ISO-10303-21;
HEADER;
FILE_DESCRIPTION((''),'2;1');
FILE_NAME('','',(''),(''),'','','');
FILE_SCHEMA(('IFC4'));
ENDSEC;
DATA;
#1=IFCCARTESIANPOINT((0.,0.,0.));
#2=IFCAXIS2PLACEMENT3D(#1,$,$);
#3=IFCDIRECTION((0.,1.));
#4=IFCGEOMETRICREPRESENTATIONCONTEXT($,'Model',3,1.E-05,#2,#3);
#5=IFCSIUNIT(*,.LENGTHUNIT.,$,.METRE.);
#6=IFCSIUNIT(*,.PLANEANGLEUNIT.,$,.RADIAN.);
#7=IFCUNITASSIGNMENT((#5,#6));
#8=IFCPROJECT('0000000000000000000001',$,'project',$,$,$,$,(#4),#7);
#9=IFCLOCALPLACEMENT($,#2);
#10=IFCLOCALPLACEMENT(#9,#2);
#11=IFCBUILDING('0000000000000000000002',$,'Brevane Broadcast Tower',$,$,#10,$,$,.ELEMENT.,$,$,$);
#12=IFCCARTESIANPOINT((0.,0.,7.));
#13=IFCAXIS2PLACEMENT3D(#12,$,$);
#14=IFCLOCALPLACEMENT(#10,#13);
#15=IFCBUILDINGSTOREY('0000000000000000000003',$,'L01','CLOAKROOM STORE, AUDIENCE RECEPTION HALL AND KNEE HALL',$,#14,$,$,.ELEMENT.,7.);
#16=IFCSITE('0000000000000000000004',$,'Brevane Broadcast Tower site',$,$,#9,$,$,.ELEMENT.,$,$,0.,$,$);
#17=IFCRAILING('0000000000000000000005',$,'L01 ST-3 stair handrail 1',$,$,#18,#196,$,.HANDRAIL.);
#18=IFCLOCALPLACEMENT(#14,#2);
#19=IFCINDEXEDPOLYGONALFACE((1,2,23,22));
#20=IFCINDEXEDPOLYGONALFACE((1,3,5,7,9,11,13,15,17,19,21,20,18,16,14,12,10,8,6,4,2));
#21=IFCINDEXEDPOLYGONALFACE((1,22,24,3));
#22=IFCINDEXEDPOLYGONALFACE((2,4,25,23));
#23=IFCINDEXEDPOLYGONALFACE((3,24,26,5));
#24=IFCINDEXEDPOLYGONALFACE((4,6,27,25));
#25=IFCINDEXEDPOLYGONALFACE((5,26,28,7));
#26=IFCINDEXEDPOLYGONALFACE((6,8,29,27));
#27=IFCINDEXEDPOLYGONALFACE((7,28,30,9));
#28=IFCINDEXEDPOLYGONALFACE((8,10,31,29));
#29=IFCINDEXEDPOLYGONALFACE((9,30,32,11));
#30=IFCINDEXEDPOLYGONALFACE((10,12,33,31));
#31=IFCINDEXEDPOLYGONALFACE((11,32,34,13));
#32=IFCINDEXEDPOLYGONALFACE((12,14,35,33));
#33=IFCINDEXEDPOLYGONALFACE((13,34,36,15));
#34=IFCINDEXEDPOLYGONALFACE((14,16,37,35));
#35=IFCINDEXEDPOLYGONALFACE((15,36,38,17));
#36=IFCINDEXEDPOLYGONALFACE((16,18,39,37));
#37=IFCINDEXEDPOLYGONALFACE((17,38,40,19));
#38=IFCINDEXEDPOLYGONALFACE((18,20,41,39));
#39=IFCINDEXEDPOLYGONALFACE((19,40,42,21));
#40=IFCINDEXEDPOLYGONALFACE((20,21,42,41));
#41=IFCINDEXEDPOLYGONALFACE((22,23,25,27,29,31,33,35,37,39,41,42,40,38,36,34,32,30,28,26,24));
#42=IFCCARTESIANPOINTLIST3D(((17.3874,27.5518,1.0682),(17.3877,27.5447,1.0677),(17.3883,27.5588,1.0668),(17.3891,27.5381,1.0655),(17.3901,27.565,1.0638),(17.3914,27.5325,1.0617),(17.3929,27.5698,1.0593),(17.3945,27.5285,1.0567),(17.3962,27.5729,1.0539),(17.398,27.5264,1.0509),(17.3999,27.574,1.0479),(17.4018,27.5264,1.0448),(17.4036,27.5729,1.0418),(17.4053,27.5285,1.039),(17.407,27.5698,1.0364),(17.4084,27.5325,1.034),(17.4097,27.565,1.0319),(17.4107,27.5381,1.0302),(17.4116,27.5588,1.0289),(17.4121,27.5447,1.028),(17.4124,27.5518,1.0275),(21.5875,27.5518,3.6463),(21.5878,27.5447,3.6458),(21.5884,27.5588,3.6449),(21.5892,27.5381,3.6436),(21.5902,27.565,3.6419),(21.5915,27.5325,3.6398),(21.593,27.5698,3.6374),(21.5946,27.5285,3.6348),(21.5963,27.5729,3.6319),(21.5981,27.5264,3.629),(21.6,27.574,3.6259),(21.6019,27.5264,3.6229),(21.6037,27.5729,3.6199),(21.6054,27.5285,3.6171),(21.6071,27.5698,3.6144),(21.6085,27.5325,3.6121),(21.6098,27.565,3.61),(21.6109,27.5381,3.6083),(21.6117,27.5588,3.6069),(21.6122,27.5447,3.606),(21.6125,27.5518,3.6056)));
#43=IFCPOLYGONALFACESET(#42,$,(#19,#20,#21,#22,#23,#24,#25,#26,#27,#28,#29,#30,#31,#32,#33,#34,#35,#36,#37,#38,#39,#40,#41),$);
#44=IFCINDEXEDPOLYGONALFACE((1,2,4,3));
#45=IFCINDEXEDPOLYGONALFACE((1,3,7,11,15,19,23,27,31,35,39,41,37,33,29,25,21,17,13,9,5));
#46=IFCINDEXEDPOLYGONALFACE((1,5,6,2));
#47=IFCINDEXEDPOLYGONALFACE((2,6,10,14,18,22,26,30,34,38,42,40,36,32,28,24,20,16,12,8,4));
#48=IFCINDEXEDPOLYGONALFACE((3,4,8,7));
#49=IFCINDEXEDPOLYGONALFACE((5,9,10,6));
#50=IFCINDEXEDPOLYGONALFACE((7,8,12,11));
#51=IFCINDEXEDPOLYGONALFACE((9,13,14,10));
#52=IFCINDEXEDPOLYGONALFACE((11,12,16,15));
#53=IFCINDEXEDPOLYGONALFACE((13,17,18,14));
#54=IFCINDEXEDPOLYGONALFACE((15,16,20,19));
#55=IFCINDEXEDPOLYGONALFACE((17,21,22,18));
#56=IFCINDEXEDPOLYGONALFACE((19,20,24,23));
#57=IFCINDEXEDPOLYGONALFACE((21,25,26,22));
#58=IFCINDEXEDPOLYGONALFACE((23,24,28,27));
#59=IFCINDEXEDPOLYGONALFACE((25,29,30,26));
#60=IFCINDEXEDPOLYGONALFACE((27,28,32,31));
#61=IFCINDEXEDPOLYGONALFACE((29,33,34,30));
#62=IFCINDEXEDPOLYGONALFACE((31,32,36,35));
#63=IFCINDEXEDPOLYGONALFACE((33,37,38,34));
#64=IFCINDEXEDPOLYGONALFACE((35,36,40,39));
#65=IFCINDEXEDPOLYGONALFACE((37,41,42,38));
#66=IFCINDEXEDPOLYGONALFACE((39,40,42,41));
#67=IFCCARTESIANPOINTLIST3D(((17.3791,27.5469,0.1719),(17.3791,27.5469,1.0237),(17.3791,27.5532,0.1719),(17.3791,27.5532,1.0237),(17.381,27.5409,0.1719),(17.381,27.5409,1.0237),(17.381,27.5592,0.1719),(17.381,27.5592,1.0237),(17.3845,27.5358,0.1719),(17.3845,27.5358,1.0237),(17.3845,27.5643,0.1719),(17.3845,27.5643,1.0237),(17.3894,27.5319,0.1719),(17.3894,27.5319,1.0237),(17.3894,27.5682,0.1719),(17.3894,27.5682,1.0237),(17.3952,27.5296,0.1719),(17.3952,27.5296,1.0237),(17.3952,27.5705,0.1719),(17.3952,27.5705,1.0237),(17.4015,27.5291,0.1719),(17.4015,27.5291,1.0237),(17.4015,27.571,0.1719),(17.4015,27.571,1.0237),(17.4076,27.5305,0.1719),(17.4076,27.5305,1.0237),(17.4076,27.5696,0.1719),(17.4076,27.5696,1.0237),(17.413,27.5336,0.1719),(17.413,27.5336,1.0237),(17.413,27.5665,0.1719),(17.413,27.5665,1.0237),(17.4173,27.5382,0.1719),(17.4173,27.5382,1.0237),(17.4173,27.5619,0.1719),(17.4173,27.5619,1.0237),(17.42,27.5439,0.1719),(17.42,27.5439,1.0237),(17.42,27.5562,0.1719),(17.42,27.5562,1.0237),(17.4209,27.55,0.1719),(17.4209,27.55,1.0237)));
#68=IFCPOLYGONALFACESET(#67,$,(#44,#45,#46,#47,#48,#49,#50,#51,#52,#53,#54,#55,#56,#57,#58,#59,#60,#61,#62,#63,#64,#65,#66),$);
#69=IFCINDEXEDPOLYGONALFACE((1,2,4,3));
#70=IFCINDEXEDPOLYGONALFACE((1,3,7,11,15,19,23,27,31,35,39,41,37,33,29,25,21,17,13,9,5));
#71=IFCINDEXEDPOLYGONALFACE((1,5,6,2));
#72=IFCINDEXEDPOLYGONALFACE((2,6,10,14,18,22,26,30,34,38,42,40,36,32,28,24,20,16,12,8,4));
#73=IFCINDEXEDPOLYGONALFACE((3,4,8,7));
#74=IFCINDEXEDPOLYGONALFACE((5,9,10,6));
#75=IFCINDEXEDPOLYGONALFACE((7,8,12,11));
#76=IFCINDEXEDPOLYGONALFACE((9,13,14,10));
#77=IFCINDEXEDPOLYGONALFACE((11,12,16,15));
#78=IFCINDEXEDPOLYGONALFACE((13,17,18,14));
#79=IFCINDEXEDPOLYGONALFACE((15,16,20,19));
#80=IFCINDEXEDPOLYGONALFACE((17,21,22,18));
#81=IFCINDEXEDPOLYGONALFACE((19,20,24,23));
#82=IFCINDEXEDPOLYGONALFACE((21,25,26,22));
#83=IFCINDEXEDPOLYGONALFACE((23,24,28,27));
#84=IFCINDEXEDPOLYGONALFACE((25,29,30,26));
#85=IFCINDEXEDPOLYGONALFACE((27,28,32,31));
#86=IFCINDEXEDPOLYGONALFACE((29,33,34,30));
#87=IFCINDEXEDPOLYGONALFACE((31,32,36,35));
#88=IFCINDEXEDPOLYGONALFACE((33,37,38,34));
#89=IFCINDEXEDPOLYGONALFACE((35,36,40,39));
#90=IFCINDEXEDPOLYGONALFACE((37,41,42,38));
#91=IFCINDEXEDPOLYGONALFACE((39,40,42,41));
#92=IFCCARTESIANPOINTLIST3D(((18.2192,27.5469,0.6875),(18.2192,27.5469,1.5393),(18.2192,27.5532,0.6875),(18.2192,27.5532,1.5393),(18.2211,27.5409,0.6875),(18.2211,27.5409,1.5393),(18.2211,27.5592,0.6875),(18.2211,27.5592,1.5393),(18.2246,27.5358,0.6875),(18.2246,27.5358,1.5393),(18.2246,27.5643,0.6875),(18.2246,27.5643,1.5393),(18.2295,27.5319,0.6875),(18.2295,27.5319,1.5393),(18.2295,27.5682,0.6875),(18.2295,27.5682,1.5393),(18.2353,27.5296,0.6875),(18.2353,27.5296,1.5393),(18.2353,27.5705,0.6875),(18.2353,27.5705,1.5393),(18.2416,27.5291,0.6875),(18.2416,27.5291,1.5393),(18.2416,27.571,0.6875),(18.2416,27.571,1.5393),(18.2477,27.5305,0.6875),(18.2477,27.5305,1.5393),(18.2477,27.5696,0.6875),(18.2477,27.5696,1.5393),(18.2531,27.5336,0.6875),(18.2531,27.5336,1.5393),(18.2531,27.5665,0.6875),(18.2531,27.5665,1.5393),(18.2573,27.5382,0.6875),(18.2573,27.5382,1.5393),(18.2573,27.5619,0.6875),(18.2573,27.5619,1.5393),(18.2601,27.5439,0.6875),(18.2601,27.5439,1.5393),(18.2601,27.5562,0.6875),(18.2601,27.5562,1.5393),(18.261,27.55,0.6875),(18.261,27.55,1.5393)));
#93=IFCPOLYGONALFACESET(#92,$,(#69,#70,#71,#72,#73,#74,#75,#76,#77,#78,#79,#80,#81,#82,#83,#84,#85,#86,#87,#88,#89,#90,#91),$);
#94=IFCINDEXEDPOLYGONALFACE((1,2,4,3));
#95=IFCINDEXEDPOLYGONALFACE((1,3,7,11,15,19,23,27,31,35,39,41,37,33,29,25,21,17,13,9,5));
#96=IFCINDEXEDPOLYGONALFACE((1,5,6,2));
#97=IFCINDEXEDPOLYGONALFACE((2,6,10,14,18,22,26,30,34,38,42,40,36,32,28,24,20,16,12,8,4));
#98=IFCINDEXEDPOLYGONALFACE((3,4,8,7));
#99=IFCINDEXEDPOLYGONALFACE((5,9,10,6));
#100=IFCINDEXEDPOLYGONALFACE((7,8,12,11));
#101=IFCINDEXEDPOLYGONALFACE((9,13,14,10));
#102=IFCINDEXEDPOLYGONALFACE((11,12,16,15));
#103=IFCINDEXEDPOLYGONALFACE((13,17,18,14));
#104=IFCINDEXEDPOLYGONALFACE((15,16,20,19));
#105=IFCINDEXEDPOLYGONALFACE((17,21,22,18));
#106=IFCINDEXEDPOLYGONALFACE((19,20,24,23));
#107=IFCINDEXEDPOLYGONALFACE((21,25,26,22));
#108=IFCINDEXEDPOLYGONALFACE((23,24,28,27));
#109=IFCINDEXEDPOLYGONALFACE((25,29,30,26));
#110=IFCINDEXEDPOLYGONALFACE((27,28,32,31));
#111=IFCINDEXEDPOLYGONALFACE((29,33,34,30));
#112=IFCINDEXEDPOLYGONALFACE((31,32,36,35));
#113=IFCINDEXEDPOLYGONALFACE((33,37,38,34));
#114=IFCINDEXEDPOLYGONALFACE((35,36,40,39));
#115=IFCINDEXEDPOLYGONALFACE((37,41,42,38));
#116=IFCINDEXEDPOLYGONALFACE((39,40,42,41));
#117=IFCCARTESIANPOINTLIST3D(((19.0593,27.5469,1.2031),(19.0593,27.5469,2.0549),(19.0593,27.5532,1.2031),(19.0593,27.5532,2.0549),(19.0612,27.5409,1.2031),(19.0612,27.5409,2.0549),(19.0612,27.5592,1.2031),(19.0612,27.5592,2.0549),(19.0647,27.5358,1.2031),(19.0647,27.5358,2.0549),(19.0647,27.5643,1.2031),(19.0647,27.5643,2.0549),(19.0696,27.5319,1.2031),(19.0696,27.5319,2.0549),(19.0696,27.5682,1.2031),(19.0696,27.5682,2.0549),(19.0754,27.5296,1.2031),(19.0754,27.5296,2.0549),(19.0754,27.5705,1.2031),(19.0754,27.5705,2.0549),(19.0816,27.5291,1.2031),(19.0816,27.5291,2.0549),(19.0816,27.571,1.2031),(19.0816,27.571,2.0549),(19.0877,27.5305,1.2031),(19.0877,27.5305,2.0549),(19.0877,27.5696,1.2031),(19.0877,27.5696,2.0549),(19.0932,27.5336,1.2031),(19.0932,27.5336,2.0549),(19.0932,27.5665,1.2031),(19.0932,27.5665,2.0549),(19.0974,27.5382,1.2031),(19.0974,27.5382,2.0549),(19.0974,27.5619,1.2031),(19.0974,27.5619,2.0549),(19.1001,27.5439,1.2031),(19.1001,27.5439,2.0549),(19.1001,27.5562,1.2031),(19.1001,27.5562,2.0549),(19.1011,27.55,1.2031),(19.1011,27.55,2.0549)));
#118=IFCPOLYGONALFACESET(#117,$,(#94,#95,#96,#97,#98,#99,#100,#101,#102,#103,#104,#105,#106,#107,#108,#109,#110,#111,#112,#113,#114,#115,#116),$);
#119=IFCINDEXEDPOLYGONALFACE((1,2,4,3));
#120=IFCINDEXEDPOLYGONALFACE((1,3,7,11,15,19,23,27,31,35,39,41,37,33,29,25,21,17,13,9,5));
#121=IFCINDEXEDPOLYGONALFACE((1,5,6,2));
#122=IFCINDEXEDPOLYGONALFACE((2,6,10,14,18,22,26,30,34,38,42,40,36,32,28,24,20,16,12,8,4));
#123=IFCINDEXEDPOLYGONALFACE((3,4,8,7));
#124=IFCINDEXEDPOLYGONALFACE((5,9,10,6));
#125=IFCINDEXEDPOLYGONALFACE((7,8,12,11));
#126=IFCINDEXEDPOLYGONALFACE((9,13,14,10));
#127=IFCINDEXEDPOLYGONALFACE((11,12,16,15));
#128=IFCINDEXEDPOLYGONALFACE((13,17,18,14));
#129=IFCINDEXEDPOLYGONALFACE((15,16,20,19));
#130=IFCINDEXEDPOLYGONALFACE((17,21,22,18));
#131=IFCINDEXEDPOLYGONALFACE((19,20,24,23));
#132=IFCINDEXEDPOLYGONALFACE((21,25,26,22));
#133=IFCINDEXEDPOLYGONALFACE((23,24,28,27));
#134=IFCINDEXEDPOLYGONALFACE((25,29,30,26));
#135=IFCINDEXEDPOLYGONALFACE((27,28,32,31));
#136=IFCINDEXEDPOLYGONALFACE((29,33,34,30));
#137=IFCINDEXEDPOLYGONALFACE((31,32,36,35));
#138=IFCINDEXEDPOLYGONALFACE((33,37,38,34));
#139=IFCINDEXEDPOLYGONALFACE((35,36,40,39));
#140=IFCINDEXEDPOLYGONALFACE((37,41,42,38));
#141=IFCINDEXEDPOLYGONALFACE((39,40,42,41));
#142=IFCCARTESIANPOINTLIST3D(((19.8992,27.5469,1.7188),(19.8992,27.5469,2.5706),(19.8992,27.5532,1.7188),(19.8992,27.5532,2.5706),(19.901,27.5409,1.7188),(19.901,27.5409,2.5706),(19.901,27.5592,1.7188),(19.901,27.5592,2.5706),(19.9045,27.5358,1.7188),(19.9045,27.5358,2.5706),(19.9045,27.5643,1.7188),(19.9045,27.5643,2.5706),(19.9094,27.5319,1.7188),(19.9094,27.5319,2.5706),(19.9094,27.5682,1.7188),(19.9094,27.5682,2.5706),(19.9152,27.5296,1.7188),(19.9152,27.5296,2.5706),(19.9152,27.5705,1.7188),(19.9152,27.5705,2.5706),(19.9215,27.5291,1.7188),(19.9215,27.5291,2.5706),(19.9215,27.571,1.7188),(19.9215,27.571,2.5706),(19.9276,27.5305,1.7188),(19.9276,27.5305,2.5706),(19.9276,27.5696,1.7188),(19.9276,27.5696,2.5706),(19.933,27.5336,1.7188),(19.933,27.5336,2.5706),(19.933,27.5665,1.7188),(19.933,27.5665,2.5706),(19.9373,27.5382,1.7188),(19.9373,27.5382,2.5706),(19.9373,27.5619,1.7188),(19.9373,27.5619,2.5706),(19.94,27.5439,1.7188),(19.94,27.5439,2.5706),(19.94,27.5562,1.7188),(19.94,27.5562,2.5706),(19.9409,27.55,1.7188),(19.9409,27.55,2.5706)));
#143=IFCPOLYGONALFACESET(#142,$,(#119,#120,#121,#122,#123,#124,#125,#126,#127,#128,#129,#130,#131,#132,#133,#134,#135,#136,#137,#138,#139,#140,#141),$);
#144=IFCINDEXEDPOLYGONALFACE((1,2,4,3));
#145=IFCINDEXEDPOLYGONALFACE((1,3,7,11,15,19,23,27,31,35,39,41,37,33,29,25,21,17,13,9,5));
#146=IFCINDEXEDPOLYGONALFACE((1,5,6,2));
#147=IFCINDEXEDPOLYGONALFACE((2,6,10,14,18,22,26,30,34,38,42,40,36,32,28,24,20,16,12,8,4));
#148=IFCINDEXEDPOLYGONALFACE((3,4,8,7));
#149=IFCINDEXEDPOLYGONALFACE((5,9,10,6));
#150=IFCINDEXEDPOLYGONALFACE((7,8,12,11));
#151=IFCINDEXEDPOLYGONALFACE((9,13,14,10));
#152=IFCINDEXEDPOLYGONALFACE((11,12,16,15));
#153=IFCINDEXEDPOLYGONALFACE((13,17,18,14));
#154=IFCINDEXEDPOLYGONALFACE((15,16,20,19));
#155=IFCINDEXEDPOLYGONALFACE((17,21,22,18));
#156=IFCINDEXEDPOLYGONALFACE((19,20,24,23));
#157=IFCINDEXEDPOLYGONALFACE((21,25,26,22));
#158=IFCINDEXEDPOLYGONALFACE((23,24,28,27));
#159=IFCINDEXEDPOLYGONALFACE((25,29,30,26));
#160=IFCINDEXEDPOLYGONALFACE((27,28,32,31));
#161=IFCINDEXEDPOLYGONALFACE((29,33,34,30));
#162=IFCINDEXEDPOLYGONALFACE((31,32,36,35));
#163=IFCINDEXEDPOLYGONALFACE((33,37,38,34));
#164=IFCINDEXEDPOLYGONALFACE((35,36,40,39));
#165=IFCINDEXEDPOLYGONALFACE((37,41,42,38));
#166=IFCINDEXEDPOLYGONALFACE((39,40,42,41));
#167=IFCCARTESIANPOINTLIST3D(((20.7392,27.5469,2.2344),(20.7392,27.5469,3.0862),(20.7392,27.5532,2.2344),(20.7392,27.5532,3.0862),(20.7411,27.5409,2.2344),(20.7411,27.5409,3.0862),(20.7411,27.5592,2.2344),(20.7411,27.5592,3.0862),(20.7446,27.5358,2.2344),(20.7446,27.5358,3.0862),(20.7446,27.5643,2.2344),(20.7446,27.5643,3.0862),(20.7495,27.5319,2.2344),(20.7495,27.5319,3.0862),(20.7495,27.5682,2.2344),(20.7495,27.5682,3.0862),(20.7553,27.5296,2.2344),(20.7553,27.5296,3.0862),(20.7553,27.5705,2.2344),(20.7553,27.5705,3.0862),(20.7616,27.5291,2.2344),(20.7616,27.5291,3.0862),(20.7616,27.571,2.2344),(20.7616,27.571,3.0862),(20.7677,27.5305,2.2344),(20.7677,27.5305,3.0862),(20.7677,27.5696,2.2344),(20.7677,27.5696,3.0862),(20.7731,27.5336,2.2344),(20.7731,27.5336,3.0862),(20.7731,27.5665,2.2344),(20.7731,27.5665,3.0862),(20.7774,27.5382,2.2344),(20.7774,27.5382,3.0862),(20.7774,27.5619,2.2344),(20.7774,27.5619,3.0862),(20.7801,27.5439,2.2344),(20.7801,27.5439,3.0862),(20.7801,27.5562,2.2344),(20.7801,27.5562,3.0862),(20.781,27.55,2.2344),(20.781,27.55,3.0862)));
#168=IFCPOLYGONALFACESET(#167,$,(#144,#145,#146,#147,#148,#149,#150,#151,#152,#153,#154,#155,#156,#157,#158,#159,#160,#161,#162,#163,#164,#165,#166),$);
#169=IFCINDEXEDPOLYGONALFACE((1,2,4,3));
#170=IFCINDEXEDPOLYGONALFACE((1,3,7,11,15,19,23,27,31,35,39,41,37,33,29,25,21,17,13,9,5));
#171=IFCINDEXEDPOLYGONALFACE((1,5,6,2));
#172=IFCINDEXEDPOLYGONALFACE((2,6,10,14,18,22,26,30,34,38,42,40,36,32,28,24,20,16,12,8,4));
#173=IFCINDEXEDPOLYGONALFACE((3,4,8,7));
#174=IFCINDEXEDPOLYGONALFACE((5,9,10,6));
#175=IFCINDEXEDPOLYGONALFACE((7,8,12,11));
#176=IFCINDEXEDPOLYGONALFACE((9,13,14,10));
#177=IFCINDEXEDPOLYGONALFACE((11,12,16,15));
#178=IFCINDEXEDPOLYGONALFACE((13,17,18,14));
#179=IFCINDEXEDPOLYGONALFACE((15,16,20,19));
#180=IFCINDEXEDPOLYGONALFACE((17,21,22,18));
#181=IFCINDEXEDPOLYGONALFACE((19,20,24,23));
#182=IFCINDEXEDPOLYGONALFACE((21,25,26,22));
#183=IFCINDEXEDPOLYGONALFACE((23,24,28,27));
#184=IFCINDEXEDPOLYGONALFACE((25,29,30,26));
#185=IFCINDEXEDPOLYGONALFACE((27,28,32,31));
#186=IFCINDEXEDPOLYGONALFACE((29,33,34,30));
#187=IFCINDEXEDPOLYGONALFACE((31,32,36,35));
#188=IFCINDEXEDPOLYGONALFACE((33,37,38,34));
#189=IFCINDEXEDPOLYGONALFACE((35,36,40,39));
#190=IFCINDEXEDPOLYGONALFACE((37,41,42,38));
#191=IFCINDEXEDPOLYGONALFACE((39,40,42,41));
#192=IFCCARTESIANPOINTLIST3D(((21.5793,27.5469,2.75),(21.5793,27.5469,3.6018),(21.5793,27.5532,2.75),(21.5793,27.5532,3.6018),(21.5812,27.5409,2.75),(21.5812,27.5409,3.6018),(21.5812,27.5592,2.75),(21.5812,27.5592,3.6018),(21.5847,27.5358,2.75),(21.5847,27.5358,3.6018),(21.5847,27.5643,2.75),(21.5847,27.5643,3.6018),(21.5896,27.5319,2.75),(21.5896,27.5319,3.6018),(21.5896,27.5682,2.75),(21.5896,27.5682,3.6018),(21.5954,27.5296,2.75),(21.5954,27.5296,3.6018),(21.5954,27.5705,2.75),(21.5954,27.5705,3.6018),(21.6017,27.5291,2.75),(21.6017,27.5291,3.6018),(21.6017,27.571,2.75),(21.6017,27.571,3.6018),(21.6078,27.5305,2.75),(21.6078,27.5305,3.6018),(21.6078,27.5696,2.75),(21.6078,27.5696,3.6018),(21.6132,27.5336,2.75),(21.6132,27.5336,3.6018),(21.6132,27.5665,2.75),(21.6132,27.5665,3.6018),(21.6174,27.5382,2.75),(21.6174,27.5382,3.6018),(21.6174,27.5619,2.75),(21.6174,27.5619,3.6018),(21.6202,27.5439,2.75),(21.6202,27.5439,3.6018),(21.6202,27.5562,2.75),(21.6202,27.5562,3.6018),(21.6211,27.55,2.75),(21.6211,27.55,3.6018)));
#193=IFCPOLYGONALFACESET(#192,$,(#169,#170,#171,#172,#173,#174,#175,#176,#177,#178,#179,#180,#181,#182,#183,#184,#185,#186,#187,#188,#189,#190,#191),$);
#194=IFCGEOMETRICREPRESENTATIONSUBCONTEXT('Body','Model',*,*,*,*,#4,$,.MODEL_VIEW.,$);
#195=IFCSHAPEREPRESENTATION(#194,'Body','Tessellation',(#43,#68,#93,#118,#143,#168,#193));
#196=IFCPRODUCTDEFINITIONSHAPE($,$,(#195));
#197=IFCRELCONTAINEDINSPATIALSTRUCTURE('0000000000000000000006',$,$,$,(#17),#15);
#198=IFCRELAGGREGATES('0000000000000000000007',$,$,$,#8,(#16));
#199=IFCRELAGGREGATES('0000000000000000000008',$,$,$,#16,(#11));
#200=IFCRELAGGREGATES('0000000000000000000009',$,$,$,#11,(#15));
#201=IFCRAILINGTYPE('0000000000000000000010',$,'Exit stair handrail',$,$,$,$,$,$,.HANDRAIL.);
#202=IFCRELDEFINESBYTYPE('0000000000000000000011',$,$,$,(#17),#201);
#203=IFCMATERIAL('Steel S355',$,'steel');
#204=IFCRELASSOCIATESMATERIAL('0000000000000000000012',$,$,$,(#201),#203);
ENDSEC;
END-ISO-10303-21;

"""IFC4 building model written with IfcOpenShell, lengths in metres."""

from ifc_helpers import new_model, si_unit, direction, frame, origin, origin_2d, place, context, subcontext, project, spatial, circle, extrude, material, type_object, element, save


model = new_model("IFC4")

# Units and contexts
model_context = context("Model", 3, precision=1e-05, world=origin(), true_north=direction((0.0, 1.0)))
body_context = subcontext(model_context, "Body", "Model", "MODEL_VIEW")
ifc_project = project(units=[si_unit("LENGTHUNIT", "METRE"), si_unit("PLANEANGLEUNIT", "RADIAN")], contexts=[model_context])

# Site, building, storey
site_placement = place(None, origin())
site = spatial("IfcSite", under=ifc_project, at=site_placement, Name="Brevane Broadcast Tower site", CompositionType="ELEMENT", RefElevation=0.0)
building_placement = place(site_placement, origin())
building = spatial("IfcBuilding", under=site, at=building_placement, Name="Brevane Broadcast Tower", CompositionType="ELEMENT")
storey_placement = place(building_placement, frame((0.0, 0.0, 7.0)))
storey = spatial("IfcBuildingStorey", under=building, at=storey_placement, Name="L01", Description="CLOAKROOM STORE, AUDIENCE RECEPTION HALL AND KNEE HALL", CompositionType="ELEMENT", Elevation=7.0)

# Railing
ifc_material_1 = material(Name="Steel S355", Category="steel")
railing_type_1 = type_object("IfcRailingType", Name="Exit stair handrail", PredefinedType="HANDRAIL", material=ifc_material_1)
railing_1_placement = place(storey_placement, frame((17.3999, 27.55, 0.1719)))
element("IfcRailing", 1, at=railing_1_placement, inside=storey, type_object=railing_type_1, Name="L01 ST-3 stair handrail 1", PredefinedType="HANDRAIL", context=body_context, shape_type="SweptSolid", body=[
    extrude(circle(Radius=0.0239, at=origin_2d()), frame((0.0, 0.0, 0.876), z_axis=(0.852256, 0.0, 0.523124), x_axis=(0.0, 1.0, 0.0)), (0.0, 0.0, 1.0), 4.9282),
    extrude(circle(Radius=0.021, at=origin_2d()), origin(), (0.0, 0.0, 1.0), 0.8518),
    extrude(circle(Radius=0.021, at=origin_2d()), frame((0.8401, 0.0, 0.5156)), (0.0, 0.0, 1.0), 0.8518),
    extrude(circle(Radius=0.021, at=origin_2d()), frame((1.6802, 0.0, 1.0312)), (0.0, 0.0, 1.0), 0.8518),
    extrude(circle(Radius=0.021, at=origin_2d()), frame((2.52, 0.0, 1.5469)), (0.0, 0.0, 1.0), 0.8518),
    extrude(circle(Radius=0.021, at=origin_2d()), frame((3.3601, 0.0, 2.0625)), (0.0, 0.0, 1.0), 0.8518),
    extrude(circle(Radius=0.021, at=origin_2d()), frame((4.2002, 0.0, 2.5781)), (0.0, 0.0, 1.0), 0.8518),
])

save(model, "model.ifc")
